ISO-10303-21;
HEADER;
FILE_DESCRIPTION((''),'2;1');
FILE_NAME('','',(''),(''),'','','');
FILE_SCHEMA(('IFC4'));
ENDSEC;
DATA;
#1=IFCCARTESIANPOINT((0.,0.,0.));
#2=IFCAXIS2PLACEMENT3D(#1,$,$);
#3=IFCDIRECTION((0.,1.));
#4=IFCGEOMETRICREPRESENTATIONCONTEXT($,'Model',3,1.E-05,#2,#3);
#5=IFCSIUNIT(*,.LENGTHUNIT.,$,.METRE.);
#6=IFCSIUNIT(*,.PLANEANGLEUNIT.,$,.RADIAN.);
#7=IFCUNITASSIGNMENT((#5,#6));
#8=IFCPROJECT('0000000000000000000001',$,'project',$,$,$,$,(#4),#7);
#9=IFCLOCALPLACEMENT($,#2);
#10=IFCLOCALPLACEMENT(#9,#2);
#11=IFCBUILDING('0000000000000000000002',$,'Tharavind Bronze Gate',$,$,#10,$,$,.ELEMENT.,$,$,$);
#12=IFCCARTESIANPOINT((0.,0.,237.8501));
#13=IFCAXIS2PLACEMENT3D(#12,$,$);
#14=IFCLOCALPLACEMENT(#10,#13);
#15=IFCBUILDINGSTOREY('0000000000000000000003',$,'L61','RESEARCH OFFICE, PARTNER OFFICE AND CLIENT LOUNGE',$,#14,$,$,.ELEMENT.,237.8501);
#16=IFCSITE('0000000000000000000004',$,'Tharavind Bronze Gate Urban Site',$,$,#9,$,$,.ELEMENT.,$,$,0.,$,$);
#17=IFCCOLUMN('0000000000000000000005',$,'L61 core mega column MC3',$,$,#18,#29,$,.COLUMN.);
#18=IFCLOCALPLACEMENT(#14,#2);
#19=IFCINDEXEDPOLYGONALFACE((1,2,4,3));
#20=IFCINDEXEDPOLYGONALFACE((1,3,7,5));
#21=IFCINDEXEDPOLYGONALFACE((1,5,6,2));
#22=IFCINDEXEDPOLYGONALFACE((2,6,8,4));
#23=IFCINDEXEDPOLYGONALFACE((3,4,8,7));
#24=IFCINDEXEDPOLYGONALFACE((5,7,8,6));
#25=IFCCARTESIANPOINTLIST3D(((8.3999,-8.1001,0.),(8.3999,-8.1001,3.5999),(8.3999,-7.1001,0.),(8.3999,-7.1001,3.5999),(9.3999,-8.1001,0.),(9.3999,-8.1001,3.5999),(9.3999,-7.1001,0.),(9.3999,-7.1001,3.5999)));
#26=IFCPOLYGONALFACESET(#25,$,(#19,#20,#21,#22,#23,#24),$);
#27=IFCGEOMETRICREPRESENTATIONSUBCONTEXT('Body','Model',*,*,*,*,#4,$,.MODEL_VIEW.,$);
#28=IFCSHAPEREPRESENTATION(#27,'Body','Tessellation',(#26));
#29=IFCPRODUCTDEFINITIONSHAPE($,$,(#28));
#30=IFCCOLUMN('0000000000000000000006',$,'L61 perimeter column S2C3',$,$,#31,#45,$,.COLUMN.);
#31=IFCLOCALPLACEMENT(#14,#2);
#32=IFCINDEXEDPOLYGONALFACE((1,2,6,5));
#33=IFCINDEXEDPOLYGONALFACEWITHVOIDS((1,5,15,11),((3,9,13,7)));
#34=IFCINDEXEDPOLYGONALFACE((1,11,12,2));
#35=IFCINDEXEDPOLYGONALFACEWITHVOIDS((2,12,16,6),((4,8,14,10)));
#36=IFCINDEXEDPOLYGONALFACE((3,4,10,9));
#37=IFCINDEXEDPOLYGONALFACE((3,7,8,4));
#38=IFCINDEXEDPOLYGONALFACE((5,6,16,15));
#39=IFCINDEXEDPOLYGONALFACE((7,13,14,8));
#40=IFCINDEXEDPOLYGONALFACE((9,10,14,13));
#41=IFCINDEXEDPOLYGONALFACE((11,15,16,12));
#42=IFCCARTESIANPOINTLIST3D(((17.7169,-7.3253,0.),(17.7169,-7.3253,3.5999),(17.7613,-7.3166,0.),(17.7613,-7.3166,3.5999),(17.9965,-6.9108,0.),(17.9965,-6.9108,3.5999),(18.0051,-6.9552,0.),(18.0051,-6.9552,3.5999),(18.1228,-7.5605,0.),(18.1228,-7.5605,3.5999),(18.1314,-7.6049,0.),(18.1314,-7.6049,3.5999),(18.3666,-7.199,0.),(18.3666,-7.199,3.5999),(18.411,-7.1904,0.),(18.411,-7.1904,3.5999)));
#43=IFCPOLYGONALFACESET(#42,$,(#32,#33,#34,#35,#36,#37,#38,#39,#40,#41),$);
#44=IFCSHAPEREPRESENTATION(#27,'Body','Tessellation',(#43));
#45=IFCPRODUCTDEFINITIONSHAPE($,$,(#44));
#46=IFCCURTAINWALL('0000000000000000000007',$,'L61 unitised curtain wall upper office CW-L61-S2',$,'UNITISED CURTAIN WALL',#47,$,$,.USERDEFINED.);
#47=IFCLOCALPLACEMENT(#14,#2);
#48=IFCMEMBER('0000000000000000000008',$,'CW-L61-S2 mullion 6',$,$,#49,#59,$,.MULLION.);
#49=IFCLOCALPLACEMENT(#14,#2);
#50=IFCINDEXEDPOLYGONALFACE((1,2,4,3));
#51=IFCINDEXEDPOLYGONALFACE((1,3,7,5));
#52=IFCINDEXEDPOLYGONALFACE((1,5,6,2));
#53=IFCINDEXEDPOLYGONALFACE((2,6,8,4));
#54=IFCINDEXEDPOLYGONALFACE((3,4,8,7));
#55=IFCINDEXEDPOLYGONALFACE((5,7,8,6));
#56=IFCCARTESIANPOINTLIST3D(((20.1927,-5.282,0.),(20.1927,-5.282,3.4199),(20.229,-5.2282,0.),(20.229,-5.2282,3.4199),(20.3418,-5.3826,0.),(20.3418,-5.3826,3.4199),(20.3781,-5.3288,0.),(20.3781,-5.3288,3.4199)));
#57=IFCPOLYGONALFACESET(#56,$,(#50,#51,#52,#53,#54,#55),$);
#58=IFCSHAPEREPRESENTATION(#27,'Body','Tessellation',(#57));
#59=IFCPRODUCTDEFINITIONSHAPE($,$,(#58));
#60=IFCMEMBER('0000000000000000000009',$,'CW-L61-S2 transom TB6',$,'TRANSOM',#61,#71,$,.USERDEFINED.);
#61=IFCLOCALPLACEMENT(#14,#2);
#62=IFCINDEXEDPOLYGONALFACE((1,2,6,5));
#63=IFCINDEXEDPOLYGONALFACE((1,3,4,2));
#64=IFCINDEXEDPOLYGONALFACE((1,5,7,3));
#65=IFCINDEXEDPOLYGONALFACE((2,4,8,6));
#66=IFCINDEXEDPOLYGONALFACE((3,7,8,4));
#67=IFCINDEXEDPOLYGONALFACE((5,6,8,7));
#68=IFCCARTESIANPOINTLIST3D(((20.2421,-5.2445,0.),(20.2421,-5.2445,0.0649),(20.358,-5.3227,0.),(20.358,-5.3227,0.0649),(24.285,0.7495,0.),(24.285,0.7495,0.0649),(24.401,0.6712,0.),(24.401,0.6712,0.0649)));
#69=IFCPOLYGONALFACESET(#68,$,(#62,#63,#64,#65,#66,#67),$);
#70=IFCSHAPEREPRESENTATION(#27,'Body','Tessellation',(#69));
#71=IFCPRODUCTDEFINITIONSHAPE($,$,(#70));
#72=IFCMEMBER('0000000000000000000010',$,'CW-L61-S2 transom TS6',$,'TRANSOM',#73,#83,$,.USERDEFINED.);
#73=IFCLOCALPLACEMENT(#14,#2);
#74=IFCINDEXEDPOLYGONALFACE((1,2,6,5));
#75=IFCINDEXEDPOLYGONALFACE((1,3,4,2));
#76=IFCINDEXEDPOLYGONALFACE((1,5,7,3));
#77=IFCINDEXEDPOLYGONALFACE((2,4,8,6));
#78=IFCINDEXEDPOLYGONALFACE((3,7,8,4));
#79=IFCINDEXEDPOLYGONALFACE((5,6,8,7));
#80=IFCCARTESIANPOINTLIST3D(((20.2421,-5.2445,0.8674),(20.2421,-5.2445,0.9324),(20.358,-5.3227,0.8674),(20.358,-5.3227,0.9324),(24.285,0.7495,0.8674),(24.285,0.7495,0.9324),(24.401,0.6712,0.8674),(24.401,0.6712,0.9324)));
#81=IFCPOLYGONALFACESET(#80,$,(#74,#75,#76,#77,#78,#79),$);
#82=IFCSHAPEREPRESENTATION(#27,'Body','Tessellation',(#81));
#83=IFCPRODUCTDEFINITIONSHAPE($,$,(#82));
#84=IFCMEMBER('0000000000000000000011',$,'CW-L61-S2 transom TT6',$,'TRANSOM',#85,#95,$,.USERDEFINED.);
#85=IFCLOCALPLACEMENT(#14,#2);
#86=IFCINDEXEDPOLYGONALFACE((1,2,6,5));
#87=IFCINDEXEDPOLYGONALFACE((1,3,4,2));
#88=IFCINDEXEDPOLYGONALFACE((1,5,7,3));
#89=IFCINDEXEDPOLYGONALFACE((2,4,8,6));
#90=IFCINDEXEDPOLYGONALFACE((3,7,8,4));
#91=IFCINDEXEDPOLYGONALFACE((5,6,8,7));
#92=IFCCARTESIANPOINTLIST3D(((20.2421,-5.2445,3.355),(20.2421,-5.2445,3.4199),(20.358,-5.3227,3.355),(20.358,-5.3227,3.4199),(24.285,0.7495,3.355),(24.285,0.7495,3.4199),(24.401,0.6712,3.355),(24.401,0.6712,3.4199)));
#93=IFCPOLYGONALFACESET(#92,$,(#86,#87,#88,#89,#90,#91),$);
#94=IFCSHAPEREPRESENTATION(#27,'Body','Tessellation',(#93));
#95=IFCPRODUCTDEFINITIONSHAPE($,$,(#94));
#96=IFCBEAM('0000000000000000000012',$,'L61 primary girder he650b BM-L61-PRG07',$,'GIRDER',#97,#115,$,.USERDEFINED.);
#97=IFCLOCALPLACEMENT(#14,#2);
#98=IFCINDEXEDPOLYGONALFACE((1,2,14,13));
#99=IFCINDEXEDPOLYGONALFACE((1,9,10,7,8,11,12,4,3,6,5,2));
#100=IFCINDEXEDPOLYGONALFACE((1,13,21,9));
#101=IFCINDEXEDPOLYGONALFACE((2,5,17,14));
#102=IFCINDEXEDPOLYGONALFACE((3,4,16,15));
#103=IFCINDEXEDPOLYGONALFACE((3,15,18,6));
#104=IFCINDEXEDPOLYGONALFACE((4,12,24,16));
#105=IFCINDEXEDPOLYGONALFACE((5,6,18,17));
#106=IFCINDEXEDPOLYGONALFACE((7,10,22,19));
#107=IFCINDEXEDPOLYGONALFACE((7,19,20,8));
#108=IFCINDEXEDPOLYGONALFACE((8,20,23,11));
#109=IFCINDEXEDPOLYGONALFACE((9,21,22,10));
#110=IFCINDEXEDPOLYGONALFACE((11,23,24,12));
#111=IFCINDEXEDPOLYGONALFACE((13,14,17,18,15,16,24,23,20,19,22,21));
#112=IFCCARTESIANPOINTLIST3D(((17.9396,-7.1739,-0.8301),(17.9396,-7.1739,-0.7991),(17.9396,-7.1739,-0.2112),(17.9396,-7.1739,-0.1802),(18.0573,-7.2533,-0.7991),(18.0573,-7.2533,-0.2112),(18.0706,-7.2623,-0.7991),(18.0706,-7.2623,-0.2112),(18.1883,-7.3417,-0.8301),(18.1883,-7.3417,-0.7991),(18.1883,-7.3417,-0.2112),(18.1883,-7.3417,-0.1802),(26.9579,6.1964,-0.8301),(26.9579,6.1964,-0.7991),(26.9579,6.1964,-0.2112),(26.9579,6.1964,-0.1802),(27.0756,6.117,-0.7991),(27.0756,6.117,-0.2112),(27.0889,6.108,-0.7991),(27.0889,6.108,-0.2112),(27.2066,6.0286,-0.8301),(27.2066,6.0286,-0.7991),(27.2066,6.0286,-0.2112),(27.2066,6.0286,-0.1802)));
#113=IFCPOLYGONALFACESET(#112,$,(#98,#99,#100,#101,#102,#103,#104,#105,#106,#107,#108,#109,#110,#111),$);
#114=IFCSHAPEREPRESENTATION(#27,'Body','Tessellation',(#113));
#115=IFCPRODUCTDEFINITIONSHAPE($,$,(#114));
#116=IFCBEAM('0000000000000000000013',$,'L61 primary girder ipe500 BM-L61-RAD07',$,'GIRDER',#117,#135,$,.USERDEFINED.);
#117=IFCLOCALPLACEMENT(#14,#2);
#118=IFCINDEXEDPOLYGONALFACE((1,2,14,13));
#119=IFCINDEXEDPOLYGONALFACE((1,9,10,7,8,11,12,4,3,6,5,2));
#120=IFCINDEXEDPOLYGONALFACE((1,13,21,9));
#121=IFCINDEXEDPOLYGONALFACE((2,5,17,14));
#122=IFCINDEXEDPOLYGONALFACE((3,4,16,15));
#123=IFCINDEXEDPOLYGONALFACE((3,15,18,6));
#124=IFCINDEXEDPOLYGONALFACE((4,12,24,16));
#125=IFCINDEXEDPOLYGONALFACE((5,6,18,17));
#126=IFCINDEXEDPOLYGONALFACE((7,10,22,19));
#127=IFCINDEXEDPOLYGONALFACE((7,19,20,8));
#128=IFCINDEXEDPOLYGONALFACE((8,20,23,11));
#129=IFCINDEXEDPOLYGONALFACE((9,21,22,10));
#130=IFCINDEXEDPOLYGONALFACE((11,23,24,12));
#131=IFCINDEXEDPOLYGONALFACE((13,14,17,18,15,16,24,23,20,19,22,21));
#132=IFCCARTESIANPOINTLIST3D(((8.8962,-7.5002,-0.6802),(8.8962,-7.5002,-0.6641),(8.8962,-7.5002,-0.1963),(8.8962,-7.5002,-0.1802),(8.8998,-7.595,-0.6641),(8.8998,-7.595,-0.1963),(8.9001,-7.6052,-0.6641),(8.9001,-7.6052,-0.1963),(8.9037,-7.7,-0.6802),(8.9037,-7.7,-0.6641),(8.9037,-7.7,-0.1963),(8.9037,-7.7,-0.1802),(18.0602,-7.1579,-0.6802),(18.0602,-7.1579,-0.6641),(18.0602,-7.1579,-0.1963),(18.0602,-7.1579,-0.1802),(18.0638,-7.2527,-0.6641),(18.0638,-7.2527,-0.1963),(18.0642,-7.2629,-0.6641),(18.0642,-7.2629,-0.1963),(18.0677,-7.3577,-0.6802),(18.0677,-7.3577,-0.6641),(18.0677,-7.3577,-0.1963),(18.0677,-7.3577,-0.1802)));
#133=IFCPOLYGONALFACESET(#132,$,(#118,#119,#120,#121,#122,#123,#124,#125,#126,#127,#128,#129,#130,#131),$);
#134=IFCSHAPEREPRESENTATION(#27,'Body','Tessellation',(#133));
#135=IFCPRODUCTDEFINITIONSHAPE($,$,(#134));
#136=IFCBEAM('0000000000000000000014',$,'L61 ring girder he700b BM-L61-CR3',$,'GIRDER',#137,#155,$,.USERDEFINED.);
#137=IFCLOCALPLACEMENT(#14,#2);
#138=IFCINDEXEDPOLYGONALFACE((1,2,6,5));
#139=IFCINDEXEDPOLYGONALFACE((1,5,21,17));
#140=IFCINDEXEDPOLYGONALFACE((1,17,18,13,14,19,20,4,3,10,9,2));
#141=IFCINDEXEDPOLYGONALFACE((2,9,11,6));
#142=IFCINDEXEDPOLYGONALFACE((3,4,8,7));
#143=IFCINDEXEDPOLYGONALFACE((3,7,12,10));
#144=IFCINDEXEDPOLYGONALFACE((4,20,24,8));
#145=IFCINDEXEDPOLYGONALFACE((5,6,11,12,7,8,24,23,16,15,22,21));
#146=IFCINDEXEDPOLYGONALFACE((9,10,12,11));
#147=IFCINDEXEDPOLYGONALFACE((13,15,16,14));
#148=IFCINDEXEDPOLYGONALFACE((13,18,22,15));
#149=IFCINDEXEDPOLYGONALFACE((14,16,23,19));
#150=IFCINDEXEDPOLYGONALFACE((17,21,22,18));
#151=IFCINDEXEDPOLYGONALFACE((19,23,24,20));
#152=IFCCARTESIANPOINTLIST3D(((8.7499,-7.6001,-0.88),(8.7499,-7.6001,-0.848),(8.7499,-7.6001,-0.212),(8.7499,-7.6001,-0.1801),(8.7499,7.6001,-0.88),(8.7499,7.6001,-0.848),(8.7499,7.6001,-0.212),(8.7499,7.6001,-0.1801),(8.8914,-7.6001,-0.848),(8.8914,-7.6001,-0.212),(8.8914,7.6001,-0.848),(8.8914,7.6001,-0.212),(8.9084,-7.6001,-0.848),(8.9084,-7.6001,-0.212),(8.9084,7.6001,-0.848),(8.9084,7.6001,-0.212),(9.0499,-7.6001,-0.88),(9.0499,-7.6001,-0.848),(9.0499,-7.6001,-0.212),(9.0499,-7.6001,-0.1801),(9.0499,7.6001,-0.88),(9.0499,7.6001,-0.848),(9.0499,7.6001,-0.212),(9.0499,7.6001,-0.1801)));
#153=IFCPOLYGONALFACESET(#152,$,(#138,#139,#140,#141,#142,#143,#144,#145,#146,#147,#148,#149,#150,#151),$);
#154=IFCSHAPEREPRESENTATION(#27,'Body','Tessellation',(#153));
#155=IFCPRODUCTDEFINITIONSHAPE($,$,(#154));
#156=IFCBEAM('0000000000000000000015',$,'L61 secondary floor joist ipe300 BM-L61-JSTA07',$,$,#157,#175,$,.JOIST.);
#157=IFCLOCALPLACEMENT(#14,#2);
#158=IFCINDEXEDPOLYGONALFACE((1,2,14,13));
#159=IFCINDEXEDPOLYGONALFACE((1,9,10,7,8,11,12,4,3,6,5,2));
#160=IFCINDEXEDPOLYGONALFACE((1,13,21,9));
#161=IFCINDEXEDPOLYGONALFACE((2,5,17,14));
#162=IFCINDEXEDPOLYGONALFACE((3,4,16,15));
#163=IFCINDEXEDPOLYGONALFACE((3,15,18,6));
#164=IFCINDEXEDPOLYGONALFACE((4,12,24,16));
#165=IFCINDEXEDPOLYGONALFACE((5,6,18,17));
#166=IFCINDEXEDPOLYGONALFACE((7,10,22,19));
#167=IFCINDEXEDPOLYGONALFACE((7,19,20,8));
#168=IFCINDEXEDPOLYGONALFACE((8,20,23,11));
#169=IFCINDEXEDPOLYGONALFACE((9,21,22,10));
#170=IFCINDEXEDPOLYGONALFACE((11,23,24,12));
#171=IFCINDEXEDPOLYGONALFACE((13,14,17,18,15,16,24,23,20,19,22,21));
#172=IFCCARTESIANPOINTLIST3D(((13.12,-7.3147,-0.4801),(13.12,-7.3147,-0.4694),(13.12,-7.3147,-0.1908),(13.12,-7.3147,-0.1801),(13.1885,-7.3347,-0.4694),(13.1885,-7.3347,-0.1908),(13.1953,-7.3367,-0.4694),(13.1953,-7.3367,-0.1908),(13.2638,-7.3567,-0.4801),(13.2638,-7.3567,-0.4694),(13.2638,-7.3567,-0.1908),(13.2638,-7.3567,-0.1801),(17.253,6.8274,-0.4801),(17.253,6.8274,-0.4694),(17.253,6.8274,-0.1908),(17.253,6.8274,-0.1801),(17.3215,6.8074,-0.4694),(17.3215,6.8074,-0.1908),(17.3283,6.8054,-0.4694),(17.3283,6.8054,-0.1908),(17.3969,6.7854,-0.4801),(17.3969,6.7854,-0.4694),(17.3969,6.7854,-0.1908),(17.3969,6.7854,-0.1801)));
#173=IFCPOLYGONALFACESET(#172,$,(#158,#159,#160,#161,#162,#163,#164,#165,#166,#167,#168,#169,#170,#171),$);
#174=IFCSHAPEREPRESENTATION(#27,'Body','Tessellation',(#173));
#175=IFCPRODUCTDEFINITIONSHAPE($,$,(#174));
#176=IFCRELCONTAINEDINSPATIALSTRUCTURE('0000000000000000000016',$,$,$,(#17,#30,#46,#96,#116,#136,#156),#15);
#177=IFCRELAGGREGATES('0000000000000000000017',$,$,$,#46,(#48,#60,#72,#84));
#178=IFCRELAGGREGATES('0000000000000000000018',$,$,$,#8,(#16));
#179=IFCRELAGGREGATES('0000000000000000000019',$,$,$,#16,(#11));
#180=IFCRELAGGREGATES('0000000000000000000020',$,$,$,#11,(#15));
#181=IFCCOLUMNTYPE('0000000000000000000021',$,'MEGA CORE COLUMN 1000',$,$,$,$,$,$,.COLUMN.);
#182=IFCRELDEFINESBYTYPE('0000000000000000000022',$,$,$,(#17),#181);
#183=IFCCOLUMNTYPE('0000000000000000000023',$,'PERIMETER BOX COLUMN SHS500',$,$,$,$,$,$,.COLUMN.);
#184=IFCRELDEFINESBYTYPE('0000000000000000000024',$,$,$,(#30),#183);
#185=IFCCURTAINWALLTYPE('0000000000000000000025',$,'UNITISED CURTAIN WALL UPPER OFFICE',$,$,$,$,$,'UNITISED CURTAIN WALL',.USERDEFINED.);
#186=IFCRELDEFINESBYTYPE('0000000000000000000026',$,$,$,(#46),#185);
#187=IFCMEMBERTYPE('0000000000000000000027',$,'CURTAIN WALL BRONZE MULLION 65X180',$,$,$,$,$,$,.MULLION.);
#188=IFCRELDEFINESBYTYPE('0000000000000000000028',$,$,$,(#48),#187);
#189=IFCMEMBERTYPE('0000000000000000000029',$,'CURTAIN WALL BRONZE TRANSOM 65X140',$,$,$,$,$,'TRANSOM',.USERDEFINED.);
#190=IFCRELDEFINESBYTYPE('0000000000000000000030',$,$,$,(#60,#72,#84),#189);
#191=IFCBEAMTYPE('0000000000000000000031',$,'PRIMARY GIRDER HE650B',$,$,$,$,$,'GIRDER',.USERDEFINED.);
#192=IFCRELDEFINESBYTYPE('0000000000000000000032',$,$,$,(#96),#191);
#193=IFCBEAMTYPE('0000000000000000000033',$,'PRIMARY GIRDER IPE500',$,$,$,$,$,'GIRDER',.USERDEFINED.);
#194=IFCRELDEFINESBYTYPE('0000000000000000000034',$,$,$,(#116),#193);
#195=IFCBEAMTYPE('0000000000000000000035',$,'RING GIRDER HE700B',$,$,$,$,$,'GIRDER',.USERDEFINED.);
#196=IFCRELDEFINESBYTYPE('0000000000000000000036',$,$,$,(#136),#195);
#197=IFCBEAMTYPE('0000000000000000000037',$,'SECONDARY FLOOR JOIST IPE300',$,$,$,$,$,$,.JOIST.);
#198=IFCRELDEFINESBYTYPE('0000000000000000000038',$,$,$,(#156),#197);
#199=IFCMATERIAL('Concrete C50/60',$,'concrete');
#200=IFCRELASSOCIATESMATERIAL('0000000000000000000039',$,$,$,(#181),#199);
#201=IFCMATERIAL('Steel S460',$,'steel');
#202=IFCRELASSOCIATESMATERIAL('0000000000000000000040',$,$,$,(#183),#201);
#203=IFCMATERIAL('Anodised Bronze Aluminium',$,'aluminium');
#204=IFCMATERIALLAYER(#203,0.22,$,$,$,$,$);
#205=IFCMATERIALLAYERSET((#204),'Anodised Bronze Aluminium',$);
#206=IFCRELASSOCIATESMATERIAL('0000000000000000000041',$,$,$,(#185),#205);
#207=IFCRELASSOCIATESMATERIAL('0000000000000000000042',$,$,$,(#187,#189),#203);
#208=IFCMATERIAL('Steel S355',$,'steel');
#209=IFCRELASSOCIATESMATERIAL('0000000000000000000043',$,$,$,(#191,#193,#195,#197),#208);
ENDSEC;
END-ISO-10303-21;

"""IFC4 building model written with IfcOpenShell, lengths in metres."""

from ifc_helpers import new_model, si_unit, direction, frame, origin, origin_2d, place, context, subcontext, project, spatial, rectangle, hollow_rectangle, i_section, extrude, material, layer, layer_set, material_profile, profile_set, type_object, element, aggregate, save


model = new_model("IFC4")

# Units and contexts
model_context = context("Model", 3, precision=1e-05, world=origin(), true_north=direction((0.0, 1.0)))
body_context = subcontext(model_context, "Body", "Model", "MODEL_VIEW")
ifc_project = project(units=[si_unit("LENGTHUNIT", "METRE"), si_unit("PLANEANGLEUNIT", "RADIAN")], contexts=[model_context])

# Site, building, storey
site_placement = place(None, origin())
site = spatial("IfcSite", under=ifc_project, at=site_placement, Name="Tharavind Bronze Gate Urban Site", CompositionType="ELEMENT", RefElevation=0.0)
building_placement = place(site_placement, origin())
building = spatial("IfcBuilding", under=site, at=building_placement, Name="Tharavind Bronze Gate", CompositionType="ELEMENT")
storey_placement = place(building_placement, frame((0.0, 0.0, 237.8501)))
storey = spatial("IfcBuildingStorey", under=building, at=storey_placement, Name="L61", Description="RESEARCH OFFICE, PARTNER OFFICE AND CLIENT LOUNGE", CompositionType="ELEMENT", Elevation=237.8501)

# Columns
ifc_material_1 = material(Name="Concrete C50/60", Category="concrete")
ifc_material_profile_1 = material_profile(ifc_material_1, rectangle(XDim=1.0, YDim=1.0, at=origin_2d()), Name="RCCOL1000")
ifc_profile_set_1 = profile_set([ifc_material_profile_1], Name="Concrete C50/60")
column_type_1 = type_object("IfcColumnType", Name="MEGA CORE COLUMN 1000", PredefinedType="COLUMN", material=ifc_profile_set_1)
column_1_placement = place(storey_placement, frame((8.8999, -7.6001, 0.0), z_axis=(0.0, 0.0, 1.0), x_axis=(1.0, 0.0, 0.0)))
element("IfcColumn", 1, at=column_1_placement, inside=storey, type_object=column_type_1, Name="L61 core mega column MC3", PredefinedType="COLUMN", context=body_context, shape_type="SweptSolid", body=[
    extrude(rectangle(XDim=1.0, YDim=1.0, at=origin_2d()), origin(), (0.0, 0.0, 1.0), 3.5999),
])
ifc_material_2 = material(Name="Steel S460", Category="steel")
ifc_material_profile_2 = material_profile(ifc_material_2, hollow_rectangle(XDim=0.5, YDim=0.5, WallThickness=0.032, at=origin_2d()), Name="SHS500X32")
ifc_profile_set_2 = profile_set([ifc_material_profile_2], Name="Steel S460")
column_type_2 = type_object("IfcColumnType", Name="PERIMETER BOX COLUMN SHS500", PredefinedType="COLUMN", material=ifc_profile_set_2)
column_2_placement = place(storey_placement, frame((18.064, -7.2578, 0.0), z_axis=(0.0, 0.0, 1.0), x_axis=(0.559194, 0.829037, 0.0)))
element("IfcColumn", 2, at=column_2_placement, inside=storey, type_object=column_type_2, Name="L61 perimeter column S2C3", PredefinedType="COLUMN", context=body_context, shape_type="SweptSolid", body=[
    extrude(hollow_rectangle(XDim=0.5, YDim=0.5, WallThickness=0.032, at=origin_2d()), origin(), (0.0, 0.0, 1.0), 3.5999),
])

# Curtain wall, members
ifc_material_3 = material(Name="Anodised Bronze Aluminium", Category="aluminium")
ifc_layer_1 = layer(ifc_material_3, 0.22)
ifc_layer_set_1 = layer_set([ifc_layer_1], Name="Anodised Bronze Aluminium")
curtain_wall_type = type_object("IfcCurtainWallType", Name="UNITISED CURTAIN WALL UPPER OFFICE", ElementType="UNITISED CURTAIN WALL", PredefinedType="USERDEFINED", material=ifc_layer_set_1)
curtain_wall_placement = place(storey_placement, origin())
curtain_wall = element("IfcCurtainWall", 3, at=curtain_wall_placement, inside=storey, type_object=curtain_wall_type, Name="L61 unitised curtain wall upper office CW-L61-S2", ObjectType="UNITISED CURTAIN WALL", PredefinedType="USERDEFINED")
member_type_1 = type_object("IfcMemberType", Name="CURTAIN WALL BRONZE MULLION 65X180", PredefinedType="MULLION", material=ifc_material_3)
member_1_placement = place(storey_placement, frame((20.2854, -5.3054, 0.0), z_axis=(0.0, 0.0, 1.0), x_axis=(0.559193, 0.829038, 0.0)))
member_1 = element("IfcMember", 4, at=member_1_placement, type_object=member_type_1, Name="CW-L61-S2 mullion 6", PredefinedType="MULLION", context=body_context, shape_type="SweptSolid", body=[
    extrude(rectangle(XDim=0.0649, YDim=0.1799, at=origin_2d()), origin(), (0.0, 0.0, 1.0), 3.4199),
])
member_type_2 = type_object("IfcMemberType", Name="CURTAIN WALL BRONZE TRANSOM 65X140", ElementType="TRANSOM", PredefinedType="USERDEFINED", material=ifc_material_3)
member_2_placement = place(storey_placement, frame((22.3215, -2.2866, 0.0), z_axis=(0.0, 0.0, 1.0), x_axis=(0.559193, 0.829038, 0.0)))
member_2 = element("IfcMember", 5, at=member_2_placement, type_object=member_type_2, Name="CW-L61-S2 transom TB6", ObjectType="TRANSOM", PredefinedType="USERDEFINED", context=body_context, shape_type="SweptSolid", body=[
    extrude(rectangle(XDim=7.23, YDim=0.1399, at=origin_2d()), origin(), (0.0, 0.0, 1.0), 0.0649),
])
member_3_placement = place(storey_placement, frame((22.3215, -2.2866, 0.8674), z_axis=(0.0, 0.0, 1.0), x_axis=(0.559193, 0.829038, 0.0)))
member_3 = element("IfcMember", 6, at=member_3_placement, type_object=member_type_2, Name="CW-L61-S2 transom TS6", ObjectType="TRANSOM", PredefinedType="USERDEFINED", context=body_context, shape_type="SweptSolid", body=[
    extrude(rectangle(XDim=7.23, YDim=0.1399, at=origin_2d()), origin(), (0.0, 0.0, 1.0), 0.0649),
])
member_4_placement = place(storey_placement, frame((22.3215, -2.2866, 3.355), z_axis=(0.0, 0.0, 1.0), x_axis=(0.559193, 0.829038, 0.0)))
member_4 = element("IfcMember", 7, at=member_4_placement, type_object=member_type_2, Name="CW-L61-S2 transom TT6", ObjectType="TRANSOM", PredefinedType="USERDEFINED", context=body_context, shape_type="SweptSolid", body=[
    extrude(rectangle(XDim=7.23, YDim=0.1399, at=origin_2d()), origin(), (0.0, 0.0, 1.0), 0.0649),
])

# Beams
ifc_material_4 = material(Name="Steel S355", Category="steel")
ifc_material_profile_3 = material_profile(ifc_material_4, i_section(OverallWidth=0.3, OverallDepth=0.6499, WebThickness=0.0161, FlangeThickness=0.031, at=origin_2d()), Name="HE650B")
ifc_profile_set_3 = profile_set([ifc_material_profile_3], Name="Steel S355")
beam_type_1 = type_object("IfcBeamType", Name="PRIMARY GIRDER HE650B", ElementType="GIRDER", PredefinedType="USERDEFINED", material=ifc_profile_set_3)
beam_1_placement = place(storey_placement, frame((18.064, -7.2578, -0.5051), z_axis=(0.559188, 0.829041, 0.0), x_axis=(-0.829041, 0.559188, 0.0)))
element("IfcBeam", 8, at=beam_1_placement, inside=storey, type_object=beam_type_1, Name="L61 primary girder he650b BM-L61-PRG07", ObjectType="GIRDER", PredefinedType="USERDEFINED", context=body_context, shape_type="SweptSolid", body=[
    extrude(i_section(OverallWidth=0.3, OverallDepth=0.6499, WebThickness=0.0161, FlangeThickness=0.031, at=origin_2d()), origin(), (0.0, 0.0, 1.0), 16.1274),
])
ifc_material_profile_4 = material_profile(ifc_material_4, i_section(OverallWidth=0.2, OverallDepth=0.5, WebThickness=0.0103, FlangeThickness=0.0161, at=origin_2d()), Name="IPE500")
ifc_profile_set_4 = profile_set([ifc_material_profile_4], Name="Steel S355")
beam_type_2 = type_object("IfcBeamType", Name="PRIMARY GIRDER IPE500", ElementType="GIRDER", PredefinedType="USERDEFINED", material=ifc_profile_set_4)
beam_2_placement = place(storey_placement, frame((18.064, -7.2578, -0.4302), z_axis=(-0.999303, -0.037325, 0.0), x_axis=(0.037325, -0.999303, 0.0)))
element("IfcBeam", 9, at=beam_2_placement, inside=storey, type_object=beam_type_2, Name="L61 primary girder ipe500 BM-L61-RAD07", ObjectType="GIRDER", PredefinedType="USERDEFINED", context=body_context, shape_type="SweptSolid", body=[
    extrude(i_section(OverallWidth=0.2, OverallDepth=0.5, WebThickness=0.0103, FlangeThickness=0.0161, at=origin_2d()), origin(), (0.0, 0.0, 1.0), 9.1704),
])
ifc_material_profile_5 = material_profile(ifc_material_4, i_section(OverallWidth=0.3, OverallDepth=0.7, WebThickness=0.0171, FlangeThickness=0.032, at=origin_2d()), Name="HE700B")
ifc_profile_set_5 = profile_set([ifc_material_profile_5], Name="Steel S355")
beam_type_3 = type_object("IfcBeamType", Name="RING GIRDER HE700B", ElementType="GIRDER", PredefinedType="USERDEFINED", material=ifc_profile_set_5)
beam_3_placement = place(storey_placement, frame((8.8999, -7.6001, -0.53), z_axis=(0.0, 1.0, 0.0), x_axis=(-1.0, 0.0, 0.0)))
element("IfcBeam", 10, at=beam_3_placement, inside=storey, type_object=beam_type_3, Name="L61 ring girder he700b BM-L61-CR3", ObjectType="GIRDER", PredefinedType="USERDEFINED", context=body_context, shape_type="SweptSolid", body=[
    extrude(i_section(OverallWidth=0.3, OverallDepth=0.7, WebThickness=0.0171, FlangeThickness=0.032, at=origin_2d()), origin(), (0.0, 0.0, 1.0), 15.2002),
])
ifc_material_profile_6 = material_profile(ifc_material_4, i_section(OverallWidth=0.1499, OverallDepth=0.3, WebThickness=0.0071, FlangeThickness=0.0107, at=origin_2d()), Name="IPE300")
ifc_profile_set_6 = profile_set([ifc_material_profile_6], Name="Steel S355")
beam_type_4 = type_object("IfcBeamType", Name="SECONDARY FLOOR JOIST IPE300", PredefinedType="JOIST", material=ifc_profile_set_6)
beam_4_placement = place(storey_placement, frame((13.1919, -7.3357, -0.3301), z_axis=(0.280518, 0.959849, 0.0), x_axis=(-0.959849, 0.280518, 0.0)))
element("IfcBeam", 11, at=beam_4_placement, inside=storey, type_object=beam_type_4, Name="L61 secondary floor joist ipe300 BM-L61-JSTA07", PredefinedType="JOIST", context=body_context, shape_type="SweptSolid", body=[
    extrude(i_section(OverallWidth=0.1499, OverallDepth=0.3, WebThickness=0.0071, FlangeThickness=0.0107, at=origin_2d()), origin(), (0.0, 0.0, 1.0), 14.7336),
])

aggregate(curtain_wall, [member_1, member_2, member_3, member_4])

save(model, "model.ifc")
